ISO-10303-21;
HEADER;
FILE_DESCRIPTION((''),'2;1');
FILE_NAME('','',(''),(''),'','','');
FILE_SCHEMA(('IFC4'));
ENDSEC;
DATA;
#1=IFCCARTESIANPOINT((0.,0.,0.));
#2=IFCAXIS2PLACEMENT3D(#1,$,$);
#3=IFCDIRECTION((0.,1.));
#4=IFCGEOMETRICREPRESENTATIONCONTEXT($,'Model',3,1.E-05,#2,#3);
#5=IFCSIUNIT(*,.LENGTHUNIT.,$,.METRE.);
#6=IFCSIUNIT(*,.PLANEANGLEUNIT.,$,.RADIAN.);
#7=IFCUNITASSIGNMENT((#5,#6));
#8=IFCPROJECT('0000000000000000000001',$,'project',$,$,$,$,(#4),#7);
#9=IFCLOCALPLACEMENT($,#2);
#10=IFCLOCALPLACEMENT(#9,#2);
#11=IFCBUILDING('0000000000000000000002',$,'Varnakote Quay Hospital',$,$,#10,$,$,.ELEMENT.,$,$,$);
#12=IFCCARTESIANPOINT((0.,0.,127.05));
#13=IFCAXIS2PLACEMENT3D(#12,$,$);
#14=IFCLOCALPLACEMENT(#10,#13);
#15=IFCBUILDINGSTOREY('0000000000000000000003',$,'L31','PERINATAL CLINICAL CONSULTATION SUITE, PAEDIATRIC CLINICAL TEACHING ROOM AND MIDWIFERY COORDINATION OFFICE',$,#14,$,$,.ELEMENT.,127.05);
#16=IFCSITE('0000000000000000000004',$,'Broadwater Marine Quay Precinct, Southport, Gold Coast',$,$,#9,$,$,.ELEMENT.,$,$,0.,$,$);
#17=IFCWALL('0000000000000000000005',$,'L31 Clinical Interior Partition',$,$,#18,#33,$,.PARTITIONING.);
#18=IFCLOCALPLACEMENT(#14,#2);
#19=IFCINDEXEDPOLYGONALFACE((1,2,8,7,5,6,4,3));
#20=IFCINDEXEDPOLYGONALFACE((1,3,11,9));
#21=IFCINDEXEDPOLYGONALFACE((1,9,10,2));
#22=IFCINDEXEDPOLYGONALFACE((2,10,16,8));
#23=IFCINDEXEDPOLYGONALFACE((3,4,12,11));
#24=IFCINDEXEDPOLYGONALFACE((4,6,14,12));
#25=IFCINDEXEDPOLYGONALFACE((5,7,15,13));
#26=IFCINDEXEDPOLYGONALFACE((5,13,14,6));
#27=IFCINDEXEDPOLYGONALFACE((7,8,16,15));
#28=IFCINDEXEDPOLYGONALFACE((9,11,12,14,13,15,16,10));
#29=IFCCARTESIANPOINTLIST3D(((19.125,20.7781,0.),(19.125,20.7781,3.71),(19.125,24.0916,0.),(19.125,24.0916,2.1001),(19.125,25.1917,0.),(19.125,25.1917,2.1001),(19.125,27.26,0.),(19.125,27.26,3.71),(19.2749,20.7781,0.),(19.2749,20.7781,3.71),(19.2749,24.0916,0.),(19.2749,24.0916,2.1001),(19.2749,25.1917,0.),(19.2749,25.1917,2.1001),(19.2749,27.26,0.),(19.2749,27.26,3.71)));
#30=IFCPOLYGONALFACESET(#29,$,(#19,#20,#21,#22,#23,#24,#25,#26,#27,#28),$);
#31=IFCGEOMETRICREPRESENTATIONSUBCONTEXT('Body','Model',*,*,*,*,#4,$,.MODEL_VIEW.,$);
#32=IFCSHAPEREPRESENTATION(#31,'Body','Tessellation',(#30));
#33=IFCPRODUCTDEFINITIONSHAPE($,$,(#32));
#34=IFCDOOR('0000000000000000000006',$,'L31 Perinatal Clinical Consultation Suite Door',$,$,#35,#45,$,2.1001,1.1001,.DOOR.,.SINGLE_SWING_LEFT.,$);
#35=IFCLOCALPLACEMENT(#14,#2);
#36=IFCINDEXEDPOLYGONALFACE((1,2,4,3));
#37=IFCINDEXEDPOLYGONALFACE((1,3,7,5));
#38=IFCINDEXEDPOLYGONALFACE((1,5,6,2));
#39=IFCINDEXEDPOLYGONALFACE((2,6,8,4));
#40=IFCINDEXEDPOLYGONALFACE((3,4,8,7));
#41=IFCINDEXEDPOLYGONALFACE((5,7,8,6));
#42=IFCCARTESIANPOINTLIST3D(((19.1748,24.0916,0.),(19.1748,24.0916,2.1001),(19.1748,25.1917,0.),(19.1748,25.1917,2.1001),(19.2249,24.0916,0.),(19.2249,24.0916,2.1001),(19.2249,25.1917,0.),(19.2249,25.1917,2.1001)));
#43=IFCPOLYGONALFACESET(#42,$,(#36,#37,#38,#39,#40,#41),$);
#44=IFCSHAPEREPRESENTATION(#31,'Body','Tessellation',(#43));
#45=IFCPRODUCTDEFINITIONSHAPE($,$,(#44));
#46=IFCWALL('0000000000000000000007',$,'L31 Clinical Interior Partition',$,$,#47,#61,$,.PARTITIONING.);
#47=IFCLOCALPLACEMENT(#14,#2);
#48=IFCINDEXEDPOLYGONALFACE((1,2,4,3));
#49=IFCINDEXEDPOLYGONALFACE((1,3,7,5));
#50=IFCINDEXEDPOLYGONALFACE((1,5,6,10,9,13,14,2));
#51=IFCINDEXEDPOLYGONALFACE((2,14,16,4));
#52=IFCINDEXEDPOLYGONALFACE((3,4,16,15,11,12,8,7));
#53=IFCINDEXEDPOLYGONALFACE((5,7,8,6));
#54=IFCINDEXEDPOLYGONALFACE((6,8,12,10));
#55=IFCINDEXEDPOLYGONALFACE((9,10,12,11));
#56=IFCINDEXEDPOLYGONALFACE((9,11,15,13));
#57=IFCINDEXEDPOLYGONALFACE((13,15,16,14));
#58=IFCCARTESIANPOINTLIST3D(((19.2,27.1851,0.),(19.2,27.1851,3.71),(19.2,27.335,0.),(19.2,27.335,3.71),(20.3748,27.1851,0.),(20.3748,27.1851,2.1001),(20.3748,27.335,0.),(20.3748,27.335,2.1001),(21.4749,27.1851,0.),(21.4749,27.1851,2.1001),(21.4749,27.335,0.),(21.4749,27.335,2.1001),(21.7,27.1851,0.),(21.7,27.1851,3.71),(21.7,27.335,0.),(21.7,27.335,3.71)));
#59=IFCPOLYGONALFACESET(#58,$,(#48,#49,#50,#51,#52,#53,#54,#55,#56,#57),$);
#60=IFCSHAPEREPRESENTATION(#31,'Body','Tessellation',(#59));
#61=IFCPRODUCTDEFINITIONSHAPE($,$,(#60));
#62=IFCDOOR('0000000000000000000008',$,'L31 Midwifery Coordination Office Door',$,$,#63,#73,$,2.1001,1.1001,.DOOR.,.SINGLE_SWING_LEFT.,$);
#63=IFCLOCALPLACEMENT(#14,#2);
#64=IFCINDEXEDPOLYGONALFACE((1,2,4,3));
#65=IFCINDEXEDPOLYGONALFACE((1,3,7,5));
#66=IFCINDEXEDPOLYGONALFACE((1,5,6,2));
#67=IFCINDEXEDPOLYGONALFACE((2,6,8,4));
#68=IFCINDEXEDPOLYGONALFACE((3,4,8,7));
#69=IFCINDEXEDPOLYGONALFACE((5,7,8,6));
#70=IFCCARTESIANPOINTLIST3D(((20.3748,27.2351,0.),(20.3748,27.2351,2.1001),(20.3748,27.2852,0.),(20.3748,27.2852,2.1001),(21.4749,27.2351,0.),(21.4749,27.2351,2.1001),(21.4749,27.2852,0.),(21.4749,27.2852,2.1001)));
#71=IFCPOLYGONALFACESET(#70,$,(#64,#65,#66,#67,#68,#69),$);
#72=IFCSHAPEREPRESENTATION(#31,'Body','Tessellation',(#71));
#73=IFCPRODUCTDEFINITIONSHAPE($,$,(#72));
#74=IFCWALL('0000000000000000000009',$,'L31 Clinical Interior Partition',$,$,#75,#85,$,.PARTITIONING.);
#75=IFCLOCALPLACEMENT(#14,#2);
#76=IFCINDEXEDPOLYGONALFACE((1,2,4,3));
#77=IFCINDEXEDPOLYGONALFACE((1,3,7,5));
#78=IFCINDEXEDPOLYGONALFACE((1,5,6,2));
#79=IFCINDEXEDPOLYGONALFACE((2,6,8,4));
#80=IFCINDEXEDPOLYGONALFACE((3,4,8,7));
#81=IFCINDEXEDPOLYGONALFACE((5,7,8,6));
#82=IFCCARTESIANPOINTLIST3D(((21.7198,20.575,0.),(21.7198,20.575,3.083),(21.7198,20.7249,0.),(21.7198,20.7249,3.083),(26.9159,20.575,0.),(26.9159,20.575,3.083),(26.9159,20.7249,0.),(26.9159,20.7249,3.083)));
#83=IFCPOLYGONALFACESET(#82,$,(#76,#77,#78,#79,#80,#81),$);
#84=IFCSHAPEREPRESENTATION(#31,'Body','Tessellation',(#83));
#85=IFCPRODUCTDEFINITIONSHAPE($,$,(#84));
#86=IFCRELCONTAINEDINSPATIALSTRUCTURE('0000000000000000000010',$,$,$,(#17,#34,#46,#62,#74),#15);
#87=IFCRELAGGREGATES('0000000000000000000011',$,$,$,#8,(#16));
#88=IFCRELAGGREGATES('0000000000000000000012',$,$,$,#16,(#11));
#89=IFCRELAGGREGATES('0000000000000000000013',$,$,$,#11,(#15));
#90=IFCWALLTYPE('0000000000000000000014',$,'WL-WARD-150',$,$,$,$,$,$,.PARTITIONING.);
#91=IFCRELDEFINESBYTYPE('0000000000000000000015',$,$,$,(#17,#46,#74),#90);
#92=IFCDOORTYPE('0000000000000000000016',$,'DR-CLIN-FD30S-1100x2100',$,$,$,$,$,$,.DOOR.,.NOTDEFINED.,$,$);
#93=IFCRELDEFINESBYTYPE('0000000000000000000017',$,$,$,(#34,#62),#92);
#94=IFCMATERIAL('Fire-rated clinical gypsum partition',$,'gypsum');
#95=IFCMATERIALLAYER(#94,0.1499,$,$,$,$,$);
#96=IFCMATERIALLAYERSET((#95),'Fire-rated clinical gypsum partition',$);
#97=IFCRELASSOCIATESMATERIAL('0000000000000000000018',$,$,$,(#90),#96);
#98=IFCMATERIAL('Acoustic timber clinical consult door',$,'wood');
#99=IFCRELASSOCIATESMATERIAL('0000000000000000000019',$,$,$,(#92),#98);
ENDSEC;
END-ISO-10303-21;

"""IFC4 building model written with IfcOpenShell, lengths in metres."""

from ifc_helpers import new_model, si_unit, direction, frame, frame_2d, origin, place, context, subcontext, project, spatial, rectangle, extrude, material, layer, layer_set, type_object, element, fill, save


model = new_model("IFC4")

# Units and contexts
model_context = context("Model", 3, precision=1e-05, world=origin(), true_north=direction((0.0, 1.0)))
body_context = subcontext(model_context, "Body", "Model", "MODEL_VIEW")
ifc_project = project(units=[si_unit("LENGTHUNIT", "METRE"), si_unit("PLANEANGLEUNIT", "RADIAN")], contexts=[model_context])

# Site, building, storey
site_placement = place(None, origin())
site = spatial("IfcSite", under=ifc_project, at=site_placement, Name="Broadwater Marine Quay Precinct, Southport, Gold Coast", CompositionType="ELEMENT", RefElevation=0.0)
building_placement = place(site_placement, origin())
building = spatial("IfcBuilding", under=site, at=building_placement, Name="Varnakote Quay Hospital", CompositionType="ELEMENT")
storey_placement = place(building_placement, frame((0.0, 0.0, 127.05)))
storey = spatial("IfcBuildingStorey", under=building, at=storey_placement, Name="L31", Description="PERINATAL CLINICAL CONSULTATION SUITE, PAEDIATRIC CLINICAL TEACHING ROOM AND MIDWIFERY COORDINATION OFFICE", CompositionType="ELEMENT", Elevation=127.05)

# Shared definitions
ifc_material_1 = material(Name="Fire-rated clinical gypsum partition", Category="gypsum")
ifc_layer_1 = layer(ifc_material_1, 0.1499)
ifc_layer_set_1 = layer_set([ifc_layer_1], Name="Fire-rated clinical gypsum partition")
wall_type_1 = type_object("IfcWallType", Name="WL-WARD-150", PredefinedType="PARTITIONING", material=ifc_layer_set_1)

# Walls, openings, doors
wall_1_placement = place(storey_placement, frame((19.2, 27.26, 0.0), z_axis=(0.0, 0.0, 1.0), x_axis=(0.0, -1.0, 0.0)))
wall_1 = element("IfcWall", 1, at=wall_1_placement, inside=storey, type_object=wall_type_1, Name="L31 Clinical Interior Partition", PredefinedType="PARTITIONING", context=body_context, shape_type="SweptSolid", body=[
    extrude(rectangle(XDim=6.4819, YDim=0.1499, at=frame_2d((3.241, 0.0))), origin(), (0.0, 0.0, 1.0), 3.71),
])
opening_1_placement = place(wall_1_placement, frame((2.0684, 0.0, 0.0)))
opening_1 = element("IfcOpeningElement", 2, at=opening_1_placement, cuts=wall_1, PredefinedType="OPENING", context=body_context, shape_type="SweptSolid", body=[
    extrude(rectangle(XDim=1.1001, YDim=2.1001, at=frame_2d((0.55, 1.05))), frame((0.0, 0.085, 0.0), z_axis=(0.0, -1.0, 0.0), x_axis=(1.0, 0.0, 0.0)), (0.0, 0.0, 1.0), 0.1699),
])
ifc_material_2 = material(Name="Acoustic timber clinical consult door", Category="wood")
door_type = type_object("IfcDoorType", Name="DR-CLIN-FD30S-1100x2100", OperationType="NOTDEFINED", PredefinedType="DOOR", material=ifc_material_2)
door_1_placement = place(opening_1_placement, origin())
door_1 = element("IfcDoor", 3, at=door_1_placement, inside=storey, type_object=door_type, Name="L31 Perinatal Clinical Consultation Suite Door", OperationType="SINGLE_SWING_LEFT", OverallHeight=2.1001, OverallWidth=1.1001, PredefinedType="DOOR", context=body_context, shape_type="SweptSolid", body=[
    extrude(rectangle(XDim=1.1001, YDim=2.1001, at=frame_2d((0.55, 1.05))), frame((0.0, 0.0249, 0.0), z_axis=(0.0, -1.0, 0.0), x_axis=(1.0, 0.0, 0.0)), (0.0, 0.0, 1.0), 0.05),
])
fill(opening_1, door_1)
wall_2_placement = place(storey_placement, frame((21.7, 27.26, 0.0), z_axis=(0.0, 0.0, 1.0), x_axis=(-1.0, 0.0, 0.0)))
wall_2 = element("IfcWall", 4, at=wall_2_placement, inside=storey, type_object=wall_type_1, Name="L31 Clinical Interior Partition", PredefinedType="PARTITIONING", context=body_context, shape_type="SweptSolid", body=[
    extrude(rectangle(XDim=2.5, YDim=0.1499, at=frame_2d((1.25, 0.0))), origin(), (0.0, 0.0, 1.0), 3.71),
])
opening_2_placement = place(wall_2_placement, frame((0.2251, 0.0, 0.0)))
opening_2 = element("IfcOpeningElement", 5, at=opening_2_placement, cuts=wall_2, PredefinedType="OPENING", context=body_context, shape_type="SweptSolid", body=[
    extrude(rectangle(XDim=1.1001, YDim=2.1001, at=frame_2d((0.55, 1.05))), frame((0.0, 0.085, 0.0), z_axis=(0.0, -1.0, 0.0), x_axis=(1.0, 0.0, 0.0)), (0.0, 0.0, 1.0), 0.1699),
])
door_2_placement = place(opening_2_placement, origin())
door_2 = element("IfcDoor", 6, at=door_2_placement, inside=storey, type_object=door_type, Name="L31 Midwifery Coordination Office Door", OperationType="SINGLE_SWING_LEFT", OverallHeight=2.1001, OverallWidth=1.1001, PredefinedType="DOOR", context=body_context, shape_type="SweptSolid", body=[
    extrude(rectangle(XDim=1.1001, YDim=2.1001, at=frame_2d((0.55, 1.05))), frame((0.0, 0.0249, 0.0), z_axis=(0.0, -1.0, 0.0), x_axis=(1.0, 0.0, 0.0)), (0.0, 0.0, 1.0), 0.05),
])
fill(opening_2, door_2)

# Wall
wall_3_placement = place(storey_placement, frame((26.916, 20.6499, 0.0), z_axis=(0.0, 0.0, 1.0), x_axis=(-1.0, 0.0, 0.0)))
element("IfcWall", 7, at=wall_3_placement, inside=storey, type_object=wall_type_1, Name="L31 Clinical Interior Partition", PredefinedType="PARTITIONING", context=body_context, shape_type="SweptSolid", body=[
    extrude(rectangle(XDim=5.196, YDim=0.1499, at=frame_2d((2.5981, 0.0))), origin(), (0.0, 0.0, 1.0), 3.083),
])

save(model, "model.ifc")
